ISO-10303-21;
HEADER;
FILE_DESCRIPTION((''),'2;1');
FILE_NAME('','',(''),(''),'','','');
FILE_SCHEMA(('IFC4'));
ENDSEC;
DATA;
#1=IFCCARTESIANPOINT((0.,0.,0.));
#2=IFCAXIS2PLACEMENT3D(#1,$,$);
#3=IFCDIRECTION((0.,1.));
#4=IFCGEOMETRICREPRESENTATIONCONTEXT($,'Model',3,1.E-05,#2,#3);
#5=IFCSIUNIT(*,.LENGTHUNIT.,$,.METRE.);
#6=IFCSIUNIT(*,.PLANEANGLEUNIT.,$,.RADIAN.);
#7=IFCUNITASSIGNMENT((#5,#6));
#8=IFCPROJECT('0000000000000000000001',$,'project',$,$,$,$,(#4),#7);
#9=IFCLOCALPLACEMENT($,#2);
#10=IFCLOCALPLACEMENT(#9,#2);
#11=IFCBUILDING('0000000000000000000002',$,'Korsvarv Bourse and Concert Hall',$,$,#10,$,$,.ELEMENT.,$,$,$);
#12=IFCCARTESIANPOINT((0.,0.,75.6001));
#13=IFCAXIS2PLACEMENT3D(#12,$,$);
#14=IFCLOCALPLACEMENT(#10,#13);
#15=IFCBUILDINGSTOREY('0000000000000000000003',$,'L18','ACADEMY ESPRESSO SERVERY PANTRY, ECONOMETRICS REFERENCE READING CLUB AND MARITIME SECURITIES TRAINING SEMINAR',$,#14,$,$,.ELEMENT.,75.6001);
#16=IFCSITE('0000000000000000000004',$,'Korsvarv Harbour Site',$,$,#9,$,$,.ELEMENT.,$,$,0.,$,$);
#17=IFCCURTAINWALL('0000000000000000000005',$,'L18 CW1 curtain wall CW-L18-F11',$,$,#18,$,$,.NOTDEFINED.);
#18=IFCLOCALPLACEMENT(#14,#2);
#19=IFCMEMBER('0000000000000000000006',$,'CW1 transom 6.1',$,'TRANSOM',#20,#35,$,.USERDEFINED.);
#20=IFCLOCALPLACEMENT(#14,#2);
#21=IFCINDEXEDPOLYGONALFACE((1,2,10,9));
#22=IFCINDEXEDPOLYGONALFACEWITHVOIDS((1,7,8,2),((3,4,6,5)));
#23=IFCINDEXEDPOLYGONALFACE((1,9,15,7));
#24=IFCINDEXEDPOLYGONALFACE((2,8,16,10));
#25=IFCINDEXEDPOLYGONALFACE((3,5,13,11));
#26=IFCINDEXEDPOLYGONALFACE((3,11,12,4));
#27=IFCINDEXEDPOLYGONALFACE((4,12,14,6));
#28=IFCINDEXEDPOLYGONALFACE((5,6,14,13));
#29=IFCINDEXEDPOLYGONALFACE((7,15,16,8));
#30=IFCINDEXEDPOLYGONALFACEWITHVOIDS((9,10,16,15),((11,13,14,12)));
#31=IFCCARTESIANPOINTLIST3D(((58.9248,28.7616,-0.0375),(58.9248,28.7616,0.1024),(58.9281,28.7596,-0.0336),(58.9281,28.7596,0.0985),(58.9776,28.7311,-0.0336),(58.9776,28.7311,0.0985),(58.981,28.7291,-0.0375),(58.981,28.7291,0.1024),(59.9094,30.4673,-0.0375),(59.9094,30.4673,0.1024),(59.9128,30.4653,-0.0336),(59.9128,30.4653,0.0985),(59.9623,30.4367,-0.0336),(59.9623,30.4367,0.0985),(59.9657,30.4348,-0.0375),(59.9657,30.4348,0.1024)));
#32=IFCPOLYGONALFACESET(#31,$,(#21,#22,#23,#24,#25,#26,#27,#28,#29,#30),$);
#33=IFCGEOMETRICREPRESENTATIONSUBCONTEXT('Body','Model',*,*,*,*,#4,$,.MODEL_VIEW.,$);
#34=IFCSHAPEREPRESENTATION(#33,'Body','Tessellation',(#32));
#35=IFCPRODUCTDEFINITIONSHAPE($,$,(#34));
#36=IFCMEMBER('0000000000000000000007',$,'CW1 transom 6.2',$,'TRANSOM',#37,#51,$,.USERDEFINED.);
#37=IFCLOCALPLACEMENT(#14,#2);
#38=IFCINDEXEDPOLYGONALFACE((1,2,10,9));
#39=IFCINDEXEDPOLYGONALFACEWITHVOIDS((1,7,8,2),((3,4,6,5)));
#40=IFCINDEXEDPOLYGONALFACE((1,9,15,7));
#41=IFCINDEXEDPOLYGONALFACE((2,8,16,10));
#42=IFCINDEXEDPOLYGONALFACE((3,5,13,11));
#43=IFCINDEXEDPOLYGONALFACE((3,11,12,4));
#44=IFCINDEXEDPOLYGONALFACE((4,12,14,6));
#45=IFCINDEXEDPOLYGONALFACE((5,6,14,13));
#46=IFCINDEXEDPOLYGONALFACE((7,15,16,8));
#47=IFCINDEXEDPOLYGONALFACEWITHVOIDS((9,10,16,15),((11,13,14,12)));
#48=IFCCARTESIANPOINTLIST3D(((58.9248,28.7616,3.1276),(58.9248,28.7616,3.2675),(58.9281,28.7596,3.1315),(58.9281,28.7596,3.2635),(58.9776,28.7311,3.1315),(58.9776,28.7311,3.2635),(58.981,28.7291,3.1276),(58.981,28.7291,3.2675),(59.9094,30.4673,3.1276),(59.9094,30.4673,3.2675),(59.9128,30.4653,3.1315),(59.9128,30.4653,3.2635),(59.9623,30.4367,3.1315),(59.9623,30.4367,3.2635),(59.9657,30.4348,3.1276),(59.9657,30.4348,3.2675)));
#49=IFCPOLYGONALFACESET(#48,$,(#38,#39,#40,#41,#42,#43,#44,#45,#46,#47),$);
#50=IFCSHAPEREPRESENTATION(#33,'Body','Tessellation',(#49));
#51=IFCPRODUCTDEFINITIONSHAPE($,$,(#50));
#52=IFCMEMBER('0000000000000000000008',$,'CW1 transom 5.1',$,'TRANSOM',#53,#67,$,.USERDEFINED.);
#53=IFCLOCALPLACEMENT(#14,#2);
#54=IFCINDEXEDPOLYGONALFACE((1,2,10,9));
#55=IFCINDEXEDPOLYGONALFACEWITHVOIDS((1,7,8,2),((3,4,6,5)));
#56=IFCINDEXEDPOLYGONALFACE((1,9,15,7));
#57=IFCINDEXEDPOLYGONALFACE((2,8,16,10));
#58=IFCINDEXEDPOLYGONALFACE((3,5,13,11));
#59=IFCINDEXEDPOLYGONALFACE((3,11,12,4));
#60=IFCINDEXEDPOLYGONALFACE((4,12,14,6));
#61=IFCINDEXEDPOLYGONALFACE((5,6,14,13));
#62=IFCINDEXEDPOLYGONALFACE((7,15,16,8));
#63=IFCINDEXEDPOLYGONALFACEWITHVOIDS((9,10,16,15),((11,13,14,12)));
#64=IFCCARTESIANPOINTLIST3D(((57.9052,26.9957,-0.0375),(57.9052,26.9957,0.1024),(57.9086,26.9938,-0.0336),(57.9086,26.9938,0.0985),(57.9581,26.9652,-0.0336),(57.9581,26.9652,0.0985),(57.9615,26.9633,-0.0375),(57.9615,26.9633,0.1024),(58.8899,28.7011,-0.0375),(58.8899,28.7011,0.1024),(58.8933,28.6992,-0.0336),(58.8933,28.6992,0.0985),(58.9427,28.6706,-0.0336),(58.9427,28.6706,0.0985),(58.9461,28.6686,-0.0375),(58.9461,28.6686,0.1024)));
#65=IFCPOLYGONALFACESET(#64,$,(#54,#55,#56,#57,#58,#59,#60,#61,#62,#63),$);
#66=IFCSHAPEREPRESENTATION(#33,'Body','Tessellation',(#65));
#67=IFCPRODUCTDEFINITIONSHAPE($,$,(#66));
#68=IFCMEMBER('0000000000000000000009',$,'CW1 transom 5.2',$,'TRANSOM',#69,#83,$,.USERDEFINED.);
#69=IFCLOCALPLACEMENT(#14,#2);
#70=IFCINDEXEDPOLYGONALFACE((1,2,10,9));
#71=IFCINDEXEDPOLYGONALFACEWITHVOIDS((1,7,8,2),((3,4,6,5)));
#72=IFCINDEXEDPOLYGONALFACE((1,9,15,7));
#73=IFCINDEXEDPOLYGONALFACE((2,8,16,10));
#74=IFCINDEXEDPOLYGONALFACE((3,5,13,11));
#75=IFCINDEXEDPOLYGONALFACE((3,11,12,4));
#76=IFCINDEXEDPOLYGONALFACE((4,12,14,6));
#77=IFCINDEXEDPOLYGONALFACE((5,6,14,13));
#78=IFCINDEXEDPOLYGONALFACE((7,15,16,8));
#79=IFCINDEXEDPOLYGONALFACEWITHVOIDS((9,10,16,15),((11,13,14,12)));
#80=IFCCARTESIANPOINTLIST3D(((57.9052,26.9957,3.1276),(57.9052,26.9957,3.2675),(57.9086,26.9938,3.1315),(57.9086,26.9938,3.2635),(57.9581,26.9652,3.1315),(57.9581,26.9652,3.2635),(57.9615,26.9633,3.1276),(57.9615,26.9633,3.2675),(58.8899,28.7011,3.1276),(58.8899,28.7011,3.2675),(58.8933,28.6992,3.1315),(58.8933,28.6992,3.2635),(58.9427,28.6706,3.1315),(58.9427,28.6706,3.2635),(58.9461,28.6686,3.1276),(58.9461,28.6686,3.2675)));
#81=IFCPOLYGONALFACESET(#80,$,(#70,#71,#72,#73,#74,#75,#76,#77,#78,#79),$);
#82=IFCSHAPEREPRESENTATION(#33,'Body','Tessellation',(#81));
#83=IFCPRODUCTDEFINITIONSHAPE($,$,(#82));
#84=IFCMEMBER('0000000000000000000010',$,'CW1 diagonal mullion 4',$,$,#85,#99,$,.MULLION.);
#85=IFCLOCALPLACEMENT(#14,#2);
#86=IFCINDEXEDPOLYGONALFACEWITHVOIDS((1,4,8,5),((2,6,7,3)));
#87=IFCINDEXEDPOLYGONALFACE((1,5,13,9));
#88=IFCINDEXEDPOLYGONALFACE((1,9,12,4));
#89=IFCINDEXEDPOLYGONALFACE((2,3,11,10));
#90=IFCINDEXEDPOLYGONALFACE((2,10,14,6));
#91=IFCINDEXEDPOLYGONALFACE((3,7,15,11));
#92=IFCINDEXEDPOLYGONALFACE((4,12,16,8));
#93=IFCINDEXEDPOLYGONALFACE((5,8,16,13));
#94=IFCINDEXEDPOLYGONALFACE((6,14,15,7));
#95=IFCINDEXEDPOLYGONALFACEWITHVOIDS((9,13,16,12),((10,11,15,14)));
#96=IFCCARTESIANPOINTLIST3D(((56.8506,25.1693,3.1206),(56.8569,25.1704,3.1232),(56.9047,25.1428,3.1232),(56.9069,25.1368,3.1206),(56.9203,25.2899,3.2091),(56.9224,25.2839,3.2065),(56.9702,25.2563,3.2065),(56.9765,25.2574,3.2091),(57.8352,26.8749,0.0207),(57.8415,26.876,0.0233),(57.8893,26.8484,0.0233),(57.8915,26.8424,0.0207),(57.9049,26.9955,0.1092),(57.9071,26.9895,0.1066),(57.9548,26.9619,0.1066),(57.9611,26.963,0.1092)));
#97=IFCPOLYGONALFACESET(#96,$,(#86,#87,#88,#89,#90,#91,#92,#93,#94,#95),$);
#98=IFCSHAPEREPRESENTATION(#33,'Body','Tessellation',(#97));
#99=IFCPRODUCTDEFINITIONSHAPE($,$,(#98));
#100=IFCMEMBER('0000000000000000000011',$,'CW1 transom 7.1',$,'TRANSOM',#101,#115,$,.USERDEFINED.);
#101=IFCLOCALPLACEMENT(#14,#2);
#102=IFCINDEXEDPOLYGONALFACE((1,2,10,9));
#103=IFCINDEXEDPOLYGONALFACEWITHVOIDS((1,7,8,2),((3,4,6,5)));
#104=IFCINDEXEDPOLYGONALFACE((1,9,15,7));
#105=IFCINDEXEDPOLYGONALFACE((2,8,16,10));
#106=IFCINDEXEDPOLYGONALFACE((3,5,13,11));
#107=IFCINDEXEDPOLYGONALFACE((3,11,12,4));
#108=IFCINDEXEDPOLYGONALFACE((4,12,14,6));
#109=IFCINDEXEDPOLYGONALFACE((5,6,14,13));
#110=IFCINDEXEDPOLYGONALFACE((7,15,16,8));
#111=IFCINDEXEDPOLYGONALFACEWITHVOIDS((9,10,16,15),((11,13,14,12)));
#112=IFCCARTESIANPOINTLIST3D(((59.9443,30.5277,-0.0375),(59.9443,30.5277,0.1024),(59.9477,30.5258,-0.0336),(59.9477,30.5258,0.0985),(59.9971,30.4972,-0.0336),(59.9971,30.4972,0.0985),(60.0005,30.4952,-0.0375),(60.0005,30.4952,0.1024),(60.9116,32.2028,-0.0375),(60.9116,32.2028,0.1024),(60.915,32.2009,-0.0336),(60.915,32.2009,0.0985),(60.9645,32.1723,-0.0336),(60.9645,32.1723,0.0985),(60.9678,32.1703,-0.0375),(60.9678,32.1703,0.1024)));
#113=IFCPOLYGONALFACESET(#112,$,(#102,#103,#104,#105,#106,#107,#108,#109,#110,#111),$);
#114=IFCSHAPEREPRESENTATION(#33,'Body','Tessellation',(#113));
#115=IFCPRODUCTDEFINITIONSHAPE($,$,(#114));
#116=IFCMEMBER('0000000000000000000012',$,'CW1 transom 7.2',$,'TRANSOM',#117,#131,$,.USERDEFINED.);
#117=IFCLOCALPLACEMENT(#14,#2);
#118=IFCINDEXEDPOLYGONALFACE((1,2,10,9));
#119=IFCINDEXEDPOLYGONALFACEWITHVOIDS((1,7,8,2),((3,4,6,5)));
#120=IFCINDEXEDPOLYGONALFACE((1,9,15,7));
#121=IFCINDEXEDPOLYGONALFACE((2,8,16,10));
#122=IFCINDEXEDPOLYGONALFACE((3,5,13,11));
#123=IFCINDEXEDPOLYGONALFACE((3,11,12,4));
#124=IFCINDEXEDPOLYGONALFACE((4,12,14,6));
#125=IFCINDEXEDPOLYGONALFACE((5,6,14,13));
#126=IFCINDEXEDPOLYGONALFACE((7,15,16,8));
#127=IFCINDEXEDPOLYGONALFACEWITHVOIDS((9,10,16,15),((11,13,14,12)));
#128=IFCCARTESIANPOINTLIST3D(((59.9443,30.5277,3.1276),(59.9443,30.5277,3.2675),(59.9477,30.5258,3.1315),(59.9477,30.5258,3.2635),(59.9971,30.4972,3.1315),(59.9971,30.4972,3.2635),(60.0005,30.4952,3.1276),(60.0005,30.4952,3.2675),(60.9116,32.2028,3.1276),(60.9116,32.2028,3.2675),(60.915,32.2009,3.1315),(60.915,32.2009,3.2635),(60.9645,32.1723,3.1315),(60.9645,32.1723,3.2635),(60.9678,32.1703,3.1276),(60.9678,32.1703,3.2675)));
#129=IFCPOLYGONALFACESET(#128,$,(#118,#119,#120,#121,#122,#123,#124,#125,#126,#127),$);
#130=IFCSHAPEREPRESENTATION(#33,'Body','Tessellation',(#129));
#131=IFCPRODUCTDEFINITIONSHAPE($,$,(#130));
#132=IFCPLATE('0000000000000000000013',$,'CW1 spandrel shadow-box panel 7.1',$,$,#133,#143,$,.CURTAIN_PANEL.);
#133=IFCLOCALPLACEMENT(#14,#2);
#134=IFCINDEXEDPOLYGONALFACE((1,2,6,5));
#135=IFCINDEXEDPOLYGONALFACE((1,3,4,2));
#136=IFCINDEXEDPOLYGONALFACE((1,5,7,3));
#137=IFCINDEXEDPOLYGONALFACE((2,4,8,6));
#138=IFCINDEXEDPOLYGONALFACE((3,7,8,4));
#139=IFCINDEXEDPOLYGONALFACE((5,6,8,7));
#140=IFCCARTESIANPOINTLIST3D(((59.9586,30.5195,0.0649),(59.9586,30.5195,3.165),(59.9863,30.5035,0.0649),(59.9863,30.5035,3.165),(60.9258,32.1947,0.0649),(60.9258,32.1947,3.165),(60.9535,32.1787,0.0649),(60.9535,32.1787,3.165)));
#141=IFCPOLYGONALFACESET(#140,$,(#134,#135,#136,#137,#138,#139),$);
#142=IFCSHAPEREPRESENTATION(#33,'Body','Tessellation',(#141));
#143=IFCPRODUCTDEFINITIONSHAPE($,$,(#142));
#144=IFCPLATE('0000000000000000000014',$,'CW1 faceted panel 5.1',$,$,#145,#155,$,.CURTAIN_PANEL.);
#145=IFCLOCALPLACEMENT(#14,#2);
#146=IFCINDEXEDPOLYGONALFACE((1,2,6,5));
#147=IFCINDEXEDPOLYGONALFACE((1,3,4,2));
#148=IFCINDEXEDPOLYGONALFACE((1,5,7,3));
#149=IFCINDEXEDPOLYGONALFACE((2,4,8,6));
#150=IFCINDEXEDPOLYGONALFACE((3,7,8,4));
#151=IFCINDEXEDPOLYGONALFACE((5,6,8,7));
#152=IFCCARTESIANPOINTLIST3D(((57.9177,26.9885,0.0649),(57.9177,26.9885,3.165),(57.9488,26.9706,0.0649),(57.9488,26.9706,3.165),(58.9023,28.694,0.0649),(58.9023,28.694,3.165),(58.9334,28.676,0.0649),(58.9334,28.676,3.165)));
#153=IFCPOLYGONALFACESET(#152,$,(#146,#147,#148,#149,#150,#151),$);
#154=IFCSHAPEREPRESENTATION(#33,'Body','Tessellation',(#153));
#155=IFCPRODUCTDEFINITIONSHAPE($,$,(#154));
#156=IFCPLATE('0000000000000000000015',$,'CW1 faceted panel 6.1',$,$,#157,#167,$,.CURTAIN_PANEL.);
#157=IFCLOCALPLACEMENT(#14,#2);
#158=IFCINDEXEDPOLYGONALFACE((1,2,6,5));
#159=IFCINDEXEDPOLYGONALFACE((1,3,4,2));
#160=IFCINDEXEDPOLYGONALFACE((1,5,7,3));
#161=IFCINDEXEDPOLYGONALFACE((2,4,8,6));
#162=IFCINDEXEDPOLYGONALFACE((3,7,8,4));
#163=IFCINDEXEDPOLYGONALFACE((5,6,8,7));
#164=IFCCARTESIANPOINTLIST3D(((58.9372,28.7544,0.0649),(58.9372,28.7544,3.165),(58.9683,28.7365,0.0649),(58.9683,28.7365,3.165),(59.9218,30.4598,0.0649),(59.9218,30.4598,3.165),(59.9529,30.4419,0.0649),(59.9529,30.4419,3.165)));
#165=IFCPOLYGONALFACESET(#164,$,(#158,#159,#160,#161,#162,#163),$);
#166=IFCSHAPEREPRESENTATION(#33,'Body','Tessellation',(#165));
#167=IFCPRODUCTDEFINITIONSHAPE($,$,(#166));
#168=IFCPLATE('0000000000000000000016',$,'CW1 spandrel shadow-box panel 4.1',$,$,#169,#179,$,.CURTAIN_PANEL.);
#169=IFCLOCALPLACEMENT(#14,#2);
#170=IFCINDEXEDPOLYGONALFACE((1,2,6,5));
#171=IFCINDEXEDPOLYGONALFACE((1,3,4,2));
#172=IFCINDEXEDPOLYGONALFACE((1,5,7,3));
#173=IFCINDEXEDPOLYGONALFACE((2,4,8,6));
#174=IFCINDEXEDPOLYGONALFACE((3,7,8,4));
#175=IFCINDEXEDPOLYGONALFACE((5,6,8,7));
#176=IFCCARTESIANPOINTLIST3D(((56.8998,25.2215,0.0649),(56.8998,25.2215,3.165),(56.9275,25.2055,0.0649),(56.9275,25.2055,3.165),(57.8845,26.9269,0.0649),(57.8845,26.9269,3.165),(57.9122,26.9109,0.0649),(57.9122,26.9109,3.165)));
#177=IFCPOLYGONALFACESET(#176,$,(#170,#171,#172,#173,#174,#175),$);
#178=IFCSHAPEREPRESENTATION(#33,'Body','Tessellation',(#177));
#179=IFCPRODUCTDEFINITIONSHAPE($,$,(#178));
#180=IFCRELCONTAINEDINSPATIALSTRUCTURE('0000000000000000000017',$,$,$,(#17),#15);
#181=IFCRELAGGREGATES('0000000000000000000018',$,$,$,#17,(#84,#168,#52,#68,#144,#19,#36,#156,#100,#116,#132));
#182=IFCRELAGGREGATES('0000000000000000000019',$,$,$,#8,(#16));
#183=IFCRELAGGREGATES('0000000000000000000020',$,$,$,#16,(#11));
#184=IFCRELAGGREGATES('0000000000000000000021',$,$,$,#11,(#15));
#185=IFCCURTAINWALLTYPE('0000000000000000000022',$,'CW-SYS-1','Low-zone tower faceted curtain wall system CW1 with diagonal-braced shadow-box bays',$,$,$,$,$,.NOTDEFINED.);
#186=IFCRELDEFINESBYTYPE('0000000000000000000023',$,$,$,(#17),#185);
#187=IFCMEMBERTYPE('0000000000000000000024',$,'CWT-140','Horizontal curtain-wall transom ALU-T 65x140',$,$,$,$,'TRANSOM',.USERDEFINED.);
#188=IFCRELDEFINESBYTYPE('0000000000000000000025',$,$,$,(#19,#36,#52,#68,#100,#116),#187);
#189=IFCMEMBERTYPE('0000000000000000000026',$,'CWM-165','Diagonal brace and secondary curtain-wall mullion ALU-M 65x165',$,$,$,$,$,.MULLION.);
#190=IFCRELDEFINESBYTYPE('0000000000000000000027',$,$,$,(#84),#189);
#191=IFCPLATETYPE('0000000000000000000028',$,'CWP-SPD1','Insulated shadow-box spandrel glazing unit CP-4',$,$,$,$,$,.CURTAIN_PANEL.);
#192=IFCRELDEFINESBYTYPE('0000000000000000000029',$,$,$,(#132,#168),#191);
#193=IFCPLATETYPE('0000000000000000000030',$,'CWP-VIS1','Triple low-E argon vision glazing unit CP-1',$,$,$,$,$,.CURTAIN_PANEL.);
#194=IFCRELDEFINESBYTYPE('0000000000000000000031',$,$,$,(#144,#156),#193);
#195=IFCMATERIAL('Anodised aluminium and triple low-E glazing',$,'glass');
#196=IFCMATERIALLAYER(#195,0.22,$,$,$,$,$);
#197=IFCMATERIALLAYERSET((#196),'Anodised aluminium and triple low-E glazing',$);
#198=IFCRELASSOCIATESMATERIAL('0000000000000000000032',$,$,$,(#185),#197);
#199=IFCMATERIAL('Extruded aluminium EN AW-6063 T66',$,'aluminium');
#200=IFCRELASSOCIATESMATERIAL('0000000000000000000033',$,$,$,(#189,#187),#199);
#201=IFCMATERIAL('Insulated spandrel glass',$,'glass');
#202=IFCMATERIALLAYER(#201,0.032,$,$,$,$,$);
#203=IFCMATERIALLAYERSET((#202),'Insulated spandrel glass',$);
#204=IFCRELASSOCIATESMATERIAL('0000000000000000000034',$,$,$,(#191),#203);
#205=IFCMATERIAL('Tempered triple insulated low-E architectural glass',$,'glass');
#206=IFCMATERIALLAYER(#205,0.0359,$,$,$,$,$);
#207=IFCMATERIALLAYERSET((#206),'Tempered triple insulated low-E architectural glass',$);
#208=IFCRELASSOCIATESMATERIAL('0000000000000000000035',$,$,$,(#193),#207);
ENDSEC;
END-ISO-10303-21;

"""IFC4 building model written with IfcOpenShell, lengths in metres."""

from ifc_helpers import new_model, si_unit, direction, frame, origin, origin_2d, place, context, subcontext, project, spatial, rectangle, hollow_rectangle, extrude, source, transform, mapped, material, layer, layer_set, material_profile, profile_set, type_object, element, aggregate, save


model = new_model("IFC4")

# Units and contexts
model_context = context("Model", 3, precision=1e-05, world=origin(), true_north=direction((0.0, 1.0)))
body_context = subcontext(model_context, "Body", "Model", "MODEL_VIEW")
ifc_project = project(units=[si_unit("LENGTHUNIT", "METRE"), si_unit("PLANEANGLEUNIT", "RADIAN")], contexts=[model_context])

# Site, building, storey
site_placement = place(None, origin())
site = spatial("IfcSite", under=ifc_project, at=site_placement, Name="Korsvarv Harbour Site", CompositionType="ELEMENT", RefElevation=0.0)
building_placement = place(site_placement, origin())
building = spatial("IfcBuilding", under=site, at=building_placement, Name="Korsvarv Bourse and Concert Hall", CompositionType="ELEMENT")
storey_placement = place(building_placement, frame((0.0, 0.0, 75.6001)))
storey = spatial("IfcBuildingStorey", under=building, at=storey_placement, Name="L18", Description="ACADEMY ESPRESSO SERVERY PANTRY, ECONOMETRICS REFERENCE READING CLUB AND MARITIME SECURITIES TRAINING SEMINAR", CompositionType="ELEMENT", Elevation=75.6001)

# Curtain wall, members, plates
ifc_material_1 = material(Name="Anodised aluminium and triple low-E glazing", Category="glass")
ifc_layer_1 = layer(ifc_material_1, 0.22)
ifc_layer_set_1 = layer_set([ifc_layer_1], Name="Anodised aluminium and triple low-E glazing")
curtain_wall_type = type_object("IfcCurtainWallType", Name="CW-SYS-1", Description="Low-zone tower faceted curtain wall system CW1 with diagonal-braced shadow-box bays", PredefinedType="NOTDEFINED", material=ifc_layer_set_1)
curtain_wall_placement = place(storey_placement, origin())
curtain_wall = element("IfcCurtainWall", 1, at=curtain_wall_placement, inside=storey, type_object=curtain_wall_type, Name="L18 CW1 curtain wall CW-L18-F11", PredefinedType="NOTDEFINED")
ifc_material_2 = material(Name="Extruded aluminium EN AW-6063 T66", Category="aluminium")
ifc_material_profile_1 = material_profile(ifc_material_2, hollow_rectangle(XDim=0.0649, YDim=0.165, WallThickness=0.0049, at=origin_2d()), Name="ALU-M 65x165")
ifc_profile_set_1 = profile_set([ifc_material_profile_1], Name="Extruded aluminium EN AW-6063 T66")
member_type_1 = type_object("IfcMemberType", Name="CWM-165", Description="Diagonal brace and secondary curtain-wall mullion ALU-M 65x165", PredefinedType="MULLION", material=ifc_profile_set_1)
ifc_material_profile_2 = material_profile(ifc_material_2, hollow_rectangle(XDim=0.0649, YDim=0.1399, WallThickness=0.0039, at=origin_2d()), Name="ALU-T 65x140")
ifc_profile_set_2 = profile_set([ifc_material_profile_2], Name="Extruded aluminium EN AW-6063 T66")
member_type_2 = type_object("IfcMemberType", Name="CWT-140", Description="Horizontal curtain-wall transom ALU-T 65x140", ElementType="TRANSOM", PredefinedType="USERDEFINED", material=ifc_profile_set_2)
shared_shape_1 = source(origin(), body_context, "Body", "SweptSolid", [
    extrude(hollow_rectangle(XDim=0.0649, YDim=0.1399, WallThickness=0.0039, at=origin_2d()), origin(), (0.0, 0.0, 1.0), 1.9695),
])
member_1_placement = place(storey_placement, frame((58.9529, 28.7454, 0.0325), z_axis=(0.499966, 0.866045, 0.0), x_axis=(-0.866045, 0.499966, 0.0)))
member_1 = element("IfcMember", 2, at=member_1_placement, type_object=member_type_2, Name="CW1 transom 6.1", ObjectType="TRANSOM", PredefinedType="USERDEFINED", context=body_context, shape_type="MappedRepresentation", body=[
    mapped(shared_shape_1, transform((0.0, 0.0, 0.0), scale=1.0)),
])
member_2_placement = place(storey_placement, frame((58.9529, 28.7454, 3.1975), z_axis=(0.499966, 0.866045, 0.0), x_axis=(-0.866045, 0.499966, 0.0)))
member_2 = element("IfcMember", 3, at=member_2_placement, type_object=member_type_2, Name="CW1 transom 6.2", ObjectType="TRANSOM", PredefinedType="USERDEFINED", context=body_context, shape_type="MappedRepresentation", body=[
    mapped(shared_shape_1, transform((0.0, 0.0, 0.0), scale=1.0)),
])
shared_shape_2 = source(origin(), body_context, "Body", "SweptSolid", [
    extrude(hollow_rectangle(XDim=0.0649, YDim=0.1399, WallThickness=0.0039, at=origin_2d()), origin(), (0.0, 0.0, 1.0), 1.9692),
])
member_3_placement = place(storey_placement, frame((57.9333, 26.9795, 0.0325), z_axis=(0.500019, 0.866014, 0.0), x_axis=(-0.866014, 0.500019, 0.0)))
member_3 = element("IfcMember", 4, at=member_3_placement, type_object=member_type_2, Name="CW1 transom 5.1", ObjectType="TRANSOM", PredefinedType="USERDEFINED", context=body_context, shape_type="MappedRepresentation", body=[
    mapped(shared_shape_2, transform((0.0, 0.0, 0.0), scale=1.0)),
])
member_4_placement = place(storey_placement, frame((57.9333, 26.9795, 3.1975), z_axis=(0.500019, 0.866014, 0.0), x_axis=(-0.866014, 0.500019, 0.0)))
member_4 = element("IfcMember", 5, at=member_4_placement, type_object=member_type_2, Name="CW1 transom 5.2", ObjectType="TRANSOM", PredefinedType="USERDEFINED", context=body_context, shape_type="MappedRepresentation", body=[
    mapped(shared_shape_2, transform((0.0, 0.0, 0.0), scale=1.0)),
])
shared_shape_3 = source(origin(), body_context, "Body", "SweptSolid", [
    extrude(hollow_rectangle(XDim=0.0649, YDim=0.165, WallThickness=0.0049, at=origin_2d()), origin(), (0.0, 0.0, 1.0), 3.6726),
])
member_5_placement = place(storey_placement, frame((57.8982, 26.9189, 0.0649), z_axis=(-0.268103, -0.464411, 0.844063), x_axis=(0.866045, -0.499966, 0.0)))
member_5 = element("IfcMember", 6, at=member_5_placement, type_object=member_type_1, Name="CW1 diagonal mullion 4", PredefinedType="MULLION", context=body_context, shape_type="MappedRepresentation", body=[
    mapped(shared_shape_3, transform((0.0, 0.0, 0.0), scale=1.0)),
])
shared_shape_4 = source(origin(), body_context, "Body", "SweptSolid", [
    extrude(hollow_rectangle(XDim=0.0649, YDim=0.1399, WallThickness=0.0039, at=origin_2d()), origin(), (0.0, 0.0, 1.0), 1.9343),
])
member_6_placement = place(storey_placement, frame((59.9724, 30.5115, 0.0325), z_axis=(0.500076, 0.865982, 0.0), x_axis=(-0.865982, 0.500076, 0.0)))
member_6 = element("IfcMember", 7, at=member_6_placement, type_object=member_type_2, Name="CW1 transom 7.1", ObjectType="TRANSOM", PredefinedType="USERDEFINED", context=body_context, shape_type="MappedRepresentation", body=[
    mapped(shared_shape_4, transform((0.0, 0.0, 0.0), scale=1.0)),
])
member_7_placement = place(storey_placement, frame((59.9724, 30.5115, 3.1975), z_axis=(0.500076, 0.865982, 0.0), x_axis=(-0.865982, 0.500076, 0.0)))
member_7 = element("IfcMember", 8, at=member_7_placement, type_object=member_type_2, Name="CW1 transom 7.2", ObjectType="TRANSOM", PredefinedType="USERDEFINED", context=body_context, shape_type="MappedRepresentation", body=[
    mapped(shared_shape_4, transform((0.0, 0.0, 0.0), scale=1.0)),
])
ifc_material_3 = material(Name="Insulated spandrel glass", Category="glass")
ifc_layer_2 = layer(ifc_material_3, 0.032)
ifc_layer_set_2 = layer_set([ifc_layer_2], Name="Insulated spandrel glass")
plate_type_1 = type_object("IfcPlateType", Name="CWP-SPD1", Description="Insulated shadow-box spandrel glazing unit CP-4", PredefinedType="CURTAIN_PANEL", material=ifc_layer_set_2)
shared_shape_5 = source(origin(), body_context, "Body", "SweptSolid", [
    extrude(rectangle(XDim=1.9343, YDim=0.032, at=origin_2d()), origin(), (0.0, 0.0, 1.0), 3.1001),
])
plate_1_placement = place(storey_placement, frame((60.4561, 31.3491, 0.0649), z_axis=(0.0, 0.0, 1.0), x_axis=(0.500002, 0.866024, 0.0)))
plate_1 = element("IfcPlate", 9, at=plate_1_placement, type_object=plate_type_1, Name="CW1 spandrel shadow-box panel 7.1", PredefinedType="CURTAIN_PANEL", context=body_context, shape_type="MappedRepresentation", body=[
    mapped(shared_shape_5, transform((0.0, 0.0, 0.0), scale=1.0)),
])
ifc_material_4 = material(Name="Tempered triple insulated low-E architectural glass", Category="glass")
ifc_layer_3 = layer(ifc_material_4, 0.0359)
ifc_layer_set_3 = layer_set([ifc_layer_3], Name="Tempered triple insulated low-E architectural glass")
plate_type_2 = type_object("IfcPlateType", Name="CWP-VIS1", Description="Triple low-E argon vision glazing unit CP-1", PredefinedType="CURTAIN_PANEL", material=ifc_layer_set_3)
shared_shape_6 = source(origin(), body_context, "Body", "SweptSolid", [
    extrude(rectangle(XDim=1.9692, YDim=0.0359, at=origin_2d()), origin(), (0.0, 0.0, 1.0), 3.1001),
])
plate_2_placement = place(storey_placement, frame((58.4255, 27.8323, 0.0649), z_axis=(0.0, 0.0, 1.0), x_axis=(0.500002, 0.866024, 0.0)))
plate_2 = element("IfcPlate", 10, at=plate_2_placement, type_object=plate_type_2, Name="CW1 faceted panel 5.1", PredefinedType="CURTAIN_PANEL", context=body_context, shape_type="MappedRepresentation", body=[
    mapped(shared_shape_6, transform((0.0, 0.0, 0.0), scale=1.0)),
])
plate_3_placement = place(storey_placement, frame((59.4451, 29.5981, 0.0649), z_axis=(0.0, 0.0, 1.0), x_axis=(0.500002, 0.866024, 0.0)))
plate_3 = element("IfcPlate", 11, at=plate_3_placement, type_object=plate_type_2, Name="CW1 faceted panel 6.1", PredefinedType="CURTAIN_PANEL", context=body_context, shape_type="MappedRepresentation", body=[
    mapped(shared_shape_6, transform((0.0, 0.0, 0.0), scale=1.0)),
])
shared_shape_7 = source(origin(), body_context, "Body", "SweptSolid", [
    extrude(rectangle(XDim=1.9692, YDim=0.032, at=origin_2d()), origin(), (0.0, 0.0, 1.0), 3.1001),
])
plate_4_placement = place(storey_placement, frame((57.406, 26.0662, 0.0649), z_axis=(0.0, 0.0, 1.0), x_axis=(0.500002, 0.866024, 0.0)))
plate_4 = element("IfcPlate", 12, at=plate_4_placement, type_object=plate_type_1, Name="CW1 spandrel shadow-box panel 4.1", PredefinedType="CURTAIN_PANEL", context=body_context, shape_type="MappedRepresentation", body=[
    mapped(shared_shape_7, transform((0.0, 0.0, 0.0), scale=1.0)),
])
aggregate(curtain_wall, [member_5, plate_4, member_3, member_4, plate_2, member_1, member_2, plate_3, member_6, member_7, plate_1])

save(model, "model.ifc")
